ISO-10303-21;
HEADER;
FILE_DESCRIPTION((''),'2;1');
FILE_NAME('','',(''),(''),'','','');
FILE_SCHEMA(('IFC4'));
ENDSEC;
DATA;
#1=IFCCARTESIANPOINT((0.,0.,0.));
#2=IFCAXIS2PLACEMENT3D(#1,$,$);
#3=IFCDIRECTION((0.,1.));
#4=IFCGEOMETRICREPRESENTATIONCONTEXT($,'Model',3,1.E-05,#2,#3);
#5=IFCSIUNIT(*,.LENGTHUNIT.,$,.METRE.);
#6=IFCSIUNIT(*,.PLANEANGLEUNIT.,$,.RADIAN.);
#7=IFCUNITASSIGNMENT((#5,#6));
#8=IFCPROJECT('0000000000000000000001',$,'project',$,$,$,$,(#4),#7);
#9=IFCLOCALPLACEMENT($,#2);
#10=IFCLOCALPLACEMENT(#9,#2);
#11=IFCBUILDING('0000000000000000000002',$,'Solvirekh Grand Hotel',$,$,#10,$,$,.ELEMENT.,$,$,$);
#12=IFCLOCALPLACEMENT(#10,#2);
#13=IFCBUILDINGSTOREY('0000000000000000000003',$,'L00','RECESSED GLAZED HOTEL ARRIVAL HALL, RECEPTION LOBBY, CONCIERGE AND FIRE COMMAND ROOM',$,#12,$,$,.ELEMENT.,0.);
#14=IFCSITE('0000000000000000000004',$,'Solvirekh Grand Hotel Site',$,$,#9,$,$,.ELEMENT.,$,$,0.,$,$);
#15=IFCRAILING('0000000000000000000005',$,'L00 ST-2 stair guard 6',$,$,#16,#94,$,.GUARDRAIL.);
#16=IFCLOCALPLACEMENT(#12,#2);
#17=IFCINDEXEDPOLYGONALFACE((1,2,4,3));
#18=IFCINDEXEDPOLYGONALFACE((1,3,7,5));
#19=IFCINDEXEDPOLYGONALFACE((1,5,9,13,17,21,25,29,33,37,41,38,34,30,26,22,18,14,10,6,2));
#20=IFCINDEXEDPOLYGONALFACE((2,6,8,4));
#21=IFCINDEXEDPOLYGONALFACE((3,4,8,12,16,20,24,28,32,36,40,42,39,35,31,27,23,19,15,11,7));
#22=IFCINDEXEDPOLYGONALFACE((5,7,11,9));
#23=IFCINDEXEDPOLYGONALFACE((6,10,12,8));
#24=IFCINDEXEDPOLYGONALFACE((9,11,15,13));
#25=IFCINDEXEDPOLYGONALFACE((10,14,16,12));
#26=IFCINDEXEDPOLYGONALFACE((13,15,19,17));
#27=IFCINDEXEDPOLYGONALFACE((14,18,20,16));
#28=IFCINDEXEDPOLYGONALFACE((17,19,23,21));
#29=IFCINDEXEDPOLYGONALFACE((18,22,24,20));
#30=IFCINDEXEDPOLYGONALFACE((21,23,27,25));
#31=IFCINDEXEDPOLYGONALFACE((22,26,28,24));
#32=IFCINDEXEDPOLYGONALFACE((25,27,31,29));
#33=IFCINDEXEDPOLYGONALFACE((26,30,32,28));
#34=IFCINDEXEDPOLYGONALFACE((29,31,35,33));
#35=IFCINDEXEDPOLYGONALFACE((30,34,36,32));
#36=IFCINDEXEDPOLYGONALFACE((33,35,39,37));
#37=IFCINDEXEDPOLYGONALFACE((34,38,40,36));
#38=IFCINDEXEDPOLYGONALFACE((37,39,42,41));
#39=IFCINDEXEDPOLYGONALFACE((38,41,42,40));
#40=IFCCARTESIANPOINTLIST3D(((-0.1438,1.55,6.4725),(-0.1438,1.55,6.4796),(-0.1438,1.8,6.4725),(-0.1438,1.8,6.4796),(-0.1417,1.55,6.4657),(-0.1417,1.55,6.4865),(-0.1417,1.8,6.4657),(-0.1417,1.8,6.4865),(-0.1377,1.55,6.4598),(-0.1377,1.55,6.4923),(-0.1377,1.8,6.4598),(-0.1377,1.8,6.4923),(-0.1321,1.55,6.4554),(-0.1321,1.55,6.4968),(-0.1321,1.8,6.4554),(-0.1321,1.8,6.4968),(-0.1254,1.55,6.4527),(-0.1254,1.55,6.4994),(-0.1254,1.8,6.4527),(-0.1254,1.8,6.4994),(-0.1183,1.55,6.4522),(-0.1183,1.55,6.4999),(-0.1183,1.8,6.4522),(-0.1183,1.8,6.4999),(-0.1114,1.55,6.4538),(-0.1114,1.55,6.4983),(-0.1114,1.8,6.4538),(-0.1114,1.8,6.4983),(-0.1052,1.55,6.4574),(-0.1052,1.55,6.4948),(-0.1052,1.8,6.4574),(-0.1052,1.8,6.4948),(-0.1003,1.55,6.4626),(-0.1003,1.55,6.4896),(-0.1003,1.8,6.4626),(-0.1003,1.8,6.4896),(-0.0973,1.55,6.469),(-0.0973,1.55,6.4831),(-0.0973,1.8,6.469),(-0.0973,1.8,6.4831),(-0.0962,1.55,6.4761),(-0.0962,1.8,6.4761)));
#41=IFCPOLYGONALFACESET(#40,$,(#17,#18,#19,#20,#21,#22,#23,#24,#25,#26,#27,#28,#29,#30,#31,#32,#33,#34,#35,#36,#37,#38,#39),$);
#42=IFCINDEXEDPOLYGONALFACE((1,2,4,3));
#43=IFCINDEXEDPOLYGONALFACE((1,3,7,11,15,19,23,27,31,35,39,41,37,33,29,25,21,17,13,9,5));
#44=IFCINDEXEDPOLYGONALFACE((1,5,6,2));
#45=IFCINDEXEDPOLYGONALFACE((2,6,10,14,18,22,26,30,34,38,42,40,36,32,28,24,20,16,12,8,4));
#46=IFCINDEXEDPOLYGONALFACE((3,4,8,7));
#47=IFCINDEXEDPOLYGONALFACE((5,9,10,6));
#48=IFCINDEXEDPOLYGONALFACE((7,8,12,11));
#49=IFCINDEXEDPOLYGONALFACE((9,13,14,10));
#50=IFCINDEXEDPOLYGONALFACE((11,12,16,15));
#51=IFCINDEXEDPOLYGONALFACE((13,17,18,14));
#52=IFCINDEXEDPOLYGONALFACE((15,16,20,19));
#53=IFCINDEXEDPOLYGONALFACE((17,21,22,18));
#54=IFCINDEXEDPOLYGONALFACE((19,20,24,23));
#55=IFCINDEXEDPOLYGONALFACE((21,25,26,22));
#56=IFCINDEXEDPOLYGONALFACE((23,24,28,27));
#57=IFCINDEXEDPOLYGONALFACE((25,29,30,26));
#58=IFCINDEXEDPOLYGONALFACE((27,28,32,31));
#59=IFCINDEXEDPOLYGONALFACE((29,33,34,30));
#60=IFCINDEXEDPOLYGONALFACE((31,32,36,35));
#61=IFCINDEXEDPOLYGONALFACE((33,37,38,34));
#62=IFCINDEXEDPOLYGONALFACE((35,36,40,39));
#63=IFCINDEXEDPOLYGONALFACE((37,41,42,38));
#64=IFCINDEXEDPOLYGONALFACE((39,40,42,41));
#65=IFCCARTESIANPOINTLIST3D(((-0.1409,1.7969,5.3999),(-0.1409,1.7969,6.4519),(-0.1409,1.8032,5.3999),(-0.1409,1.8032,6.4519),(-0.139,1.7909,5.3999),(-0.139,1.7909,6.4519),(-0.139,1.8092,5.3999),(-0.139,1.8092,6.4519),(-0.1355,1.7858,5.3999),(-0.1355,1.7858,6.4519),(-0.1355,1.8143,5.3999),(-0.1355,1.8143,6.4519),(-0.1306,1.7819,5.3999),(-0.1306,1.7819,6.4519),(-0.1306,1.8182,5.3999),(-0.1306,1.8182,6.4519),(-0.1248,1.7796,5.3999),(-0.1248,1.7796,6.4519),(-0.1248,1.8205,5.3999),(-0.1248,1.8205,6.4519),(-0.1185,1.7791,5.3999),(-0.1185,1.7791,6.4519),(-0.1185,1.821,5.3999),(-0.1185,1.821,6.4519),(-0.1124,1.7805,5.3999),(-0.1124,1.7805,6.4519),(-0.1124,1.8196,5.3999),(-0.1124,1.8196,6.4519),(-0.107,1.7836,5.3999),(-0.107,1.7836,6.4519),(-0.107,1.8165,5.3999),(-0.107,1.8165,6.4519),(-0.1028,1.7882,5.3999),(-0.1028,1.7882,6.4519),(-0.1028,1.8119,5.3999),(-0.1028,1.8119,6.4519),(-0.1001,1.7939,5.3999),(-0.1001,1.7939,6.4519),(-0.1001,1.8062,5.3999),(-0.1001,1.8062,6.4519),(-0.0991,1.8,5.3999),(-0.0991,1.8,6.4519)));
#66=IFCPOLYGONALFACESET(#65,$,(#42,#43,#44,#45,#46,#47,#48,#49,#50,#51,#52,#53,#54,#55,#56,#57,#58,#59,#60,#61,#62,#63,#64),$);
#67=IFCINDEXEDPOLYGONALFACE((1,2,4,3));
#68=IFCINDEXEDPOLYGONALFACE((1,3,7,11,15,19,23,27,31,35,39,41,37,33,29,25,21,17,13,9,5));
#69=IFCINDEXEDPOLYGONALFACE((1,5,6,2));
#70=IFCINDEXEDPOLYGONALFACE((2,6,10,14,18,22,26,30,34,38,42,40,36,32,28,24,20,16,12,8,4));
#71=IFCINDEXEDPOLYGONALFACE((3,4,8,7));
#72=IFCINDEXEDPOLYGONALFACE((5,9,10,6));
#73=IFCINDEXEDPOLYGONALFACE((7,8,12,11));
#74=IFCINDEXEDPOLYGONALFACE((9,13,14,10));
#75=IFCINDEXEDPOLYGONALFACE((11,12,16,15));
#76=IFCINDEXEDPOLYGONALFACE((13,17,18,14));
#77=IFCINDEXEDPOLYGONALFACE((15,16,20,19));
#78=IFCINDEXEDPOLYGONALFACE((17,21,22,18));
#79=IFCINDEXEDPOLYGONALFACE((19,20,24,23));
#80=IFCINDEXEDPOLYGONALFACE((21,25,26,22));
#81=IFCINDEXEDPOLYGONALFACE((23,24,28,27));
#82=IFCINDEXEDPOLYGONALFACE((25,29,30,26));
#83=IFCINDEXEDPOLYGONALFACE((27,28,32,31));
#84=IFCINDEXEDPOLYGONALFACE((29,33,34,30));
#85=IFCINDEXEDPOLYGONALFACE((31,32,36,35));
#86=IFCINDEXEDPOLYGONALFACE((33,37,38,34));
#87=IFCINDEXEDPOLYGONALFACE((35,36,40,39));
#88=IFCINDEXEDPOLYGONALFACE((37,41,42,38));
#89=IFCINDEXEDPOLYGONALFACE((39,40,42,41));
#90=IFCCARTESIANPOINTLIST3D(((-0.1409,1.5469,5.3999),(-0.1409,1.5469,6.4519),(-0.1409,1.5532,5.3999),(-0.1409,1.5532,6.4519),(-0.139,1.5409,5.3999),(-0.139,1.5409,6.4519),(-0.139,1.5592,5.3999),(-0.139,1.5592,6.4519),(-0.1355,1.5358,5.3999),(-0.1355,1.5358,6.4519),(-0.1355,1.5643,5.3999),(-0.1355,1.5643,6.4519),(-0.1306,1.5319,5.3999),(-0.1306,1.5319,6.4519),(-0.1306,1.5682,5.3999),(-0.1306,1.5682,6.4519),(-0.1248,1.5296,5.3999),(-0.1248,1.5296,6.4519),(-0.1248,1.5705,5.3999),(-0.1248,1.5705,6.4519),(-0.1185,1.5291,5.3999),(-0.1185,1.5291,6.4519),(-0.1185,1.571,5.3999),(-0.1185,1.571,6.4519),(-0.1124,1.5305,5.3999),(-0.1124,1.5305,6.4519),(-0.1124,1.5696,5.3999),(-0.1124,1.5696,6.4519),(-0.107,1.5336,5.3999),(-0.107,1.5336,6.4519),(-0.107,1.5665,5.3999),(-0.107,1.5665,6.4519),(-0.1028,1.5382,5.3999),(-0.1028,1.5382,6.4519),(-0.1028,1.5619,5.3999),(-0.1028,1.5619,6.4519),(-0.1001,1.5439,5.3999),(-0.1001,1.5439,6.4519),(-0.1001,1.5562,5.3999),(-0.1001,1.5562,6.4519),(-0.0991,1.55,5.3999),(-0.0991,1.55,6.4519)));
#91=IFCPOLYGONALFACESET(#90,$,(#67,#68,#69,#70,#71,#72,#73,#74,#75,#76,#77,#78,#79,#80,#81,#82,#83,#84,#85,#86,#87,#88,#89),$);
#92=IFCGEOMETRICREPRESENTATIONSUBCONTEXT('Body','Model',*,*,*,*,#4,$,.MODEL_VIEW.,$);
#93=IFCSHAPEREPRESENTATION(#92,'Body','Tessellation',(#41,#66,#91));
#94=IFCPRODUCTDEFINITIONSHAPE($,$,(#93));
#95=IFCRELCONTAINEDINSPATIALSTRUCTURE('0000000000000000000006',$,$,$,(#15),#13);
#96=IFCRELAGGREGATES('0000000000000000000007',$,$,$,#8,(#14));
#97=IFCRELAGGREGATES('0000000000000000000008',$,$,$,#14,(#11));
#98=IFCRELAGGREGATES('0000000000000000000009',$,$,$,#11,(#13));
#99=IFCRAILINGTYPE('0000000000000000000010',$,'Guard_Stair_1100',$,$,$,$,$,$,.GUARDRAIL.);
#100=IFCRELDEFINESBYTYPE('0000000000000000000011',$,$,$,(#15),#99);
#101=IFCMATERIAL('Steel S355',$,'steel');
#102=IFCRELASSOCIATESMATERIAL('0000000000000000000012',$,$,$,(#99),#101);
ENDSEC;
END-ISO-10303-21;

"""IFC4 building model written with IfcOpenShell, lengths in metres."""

from ifc_helpers import new_model, si_unit, direction, frame, origin, origin_2d, place, context, subcontext, project, spatial, circle, extrude, material, type_object, element, save


model = new_model("IFC4")

# Units and contexts
model_context = context("Model", 3, precision=1e-05, world=origin(), true_north=direction((0.0, 1.0)))
body_context = subcontext(model_context, "Body", "Model", "MODEL_VIEW")
ifc_project = project(units=[si_unit("LENGTHUNIT", "METRE"), si_unit("PLANEANGLEUNIT", "RADIAN")], contexts=[model_context])

# Site, building, storey
site_placement = place(None, origin())
site = spatial("IfcSite", under=ifc_project, at=site_placement, Name="Solvirekh Grand Hotel Site", CompositionType="ELEMENT", RefElevation=0.0)
building_placement = place(site_placement, origin())
building = spatial("IfcBuilding", under=site, at=building_placement, Name="Solvirekh Grand Hotel", CompositionType="ELEMENT")
storey_placement = place(building_placement, origin())
storey = spatial("IfcBuildingStorey", under=building, at=storey_placement, Name="L00", Description="RECESSED GLAZED HOTEL ARRIVAL HALL, RECEPTION LOBBY, CONCIERGE AND FIRE COMMAND ROOM", CompositionType="ELEMENT", Elevation=0.0)

# Railing
ifc_material_1 = material(Name="Steel S355", Category="steel")
railing_type_1 = type_object("IfcRailingType", Name="Guard_Stair_1100", PredefinedType="GUARDRAIL", material=ifc_material_1)
railing_1_placement = place(storey_placement, frame((-0.1201, 1.8, 5.3999)))
element("IfcRailing", 1, at=railing_1_placement, inside=storey, type_object=railing_type_1, Name="L00 ST-2 stair guard 6", PredefinedType="GUARDRAIL", context=body_context, shape_type="SweptSolid", body=[
    extrude(circle(Radius=0.0239, at=origin_2d()), frame((0.0, 0.0, 1.0762), z_axis=(0.0, -1.0, 0.0), x_axis=(1.0, 0.0, 0.0)), (0.0, 0.0, 1.0), 0.25),
    extrude(circle(Radius=0.021, at=origin_2d()), origin(), (0.0, 0.0, 1.0), 1.052),
    extrude(circle(Radius=0.021, at=origin_2d()), frame((0.0, -0.25, 0.0)), (0.0, 0.0, 1.0), 1.052),
])

save(model, "model.ifc")
